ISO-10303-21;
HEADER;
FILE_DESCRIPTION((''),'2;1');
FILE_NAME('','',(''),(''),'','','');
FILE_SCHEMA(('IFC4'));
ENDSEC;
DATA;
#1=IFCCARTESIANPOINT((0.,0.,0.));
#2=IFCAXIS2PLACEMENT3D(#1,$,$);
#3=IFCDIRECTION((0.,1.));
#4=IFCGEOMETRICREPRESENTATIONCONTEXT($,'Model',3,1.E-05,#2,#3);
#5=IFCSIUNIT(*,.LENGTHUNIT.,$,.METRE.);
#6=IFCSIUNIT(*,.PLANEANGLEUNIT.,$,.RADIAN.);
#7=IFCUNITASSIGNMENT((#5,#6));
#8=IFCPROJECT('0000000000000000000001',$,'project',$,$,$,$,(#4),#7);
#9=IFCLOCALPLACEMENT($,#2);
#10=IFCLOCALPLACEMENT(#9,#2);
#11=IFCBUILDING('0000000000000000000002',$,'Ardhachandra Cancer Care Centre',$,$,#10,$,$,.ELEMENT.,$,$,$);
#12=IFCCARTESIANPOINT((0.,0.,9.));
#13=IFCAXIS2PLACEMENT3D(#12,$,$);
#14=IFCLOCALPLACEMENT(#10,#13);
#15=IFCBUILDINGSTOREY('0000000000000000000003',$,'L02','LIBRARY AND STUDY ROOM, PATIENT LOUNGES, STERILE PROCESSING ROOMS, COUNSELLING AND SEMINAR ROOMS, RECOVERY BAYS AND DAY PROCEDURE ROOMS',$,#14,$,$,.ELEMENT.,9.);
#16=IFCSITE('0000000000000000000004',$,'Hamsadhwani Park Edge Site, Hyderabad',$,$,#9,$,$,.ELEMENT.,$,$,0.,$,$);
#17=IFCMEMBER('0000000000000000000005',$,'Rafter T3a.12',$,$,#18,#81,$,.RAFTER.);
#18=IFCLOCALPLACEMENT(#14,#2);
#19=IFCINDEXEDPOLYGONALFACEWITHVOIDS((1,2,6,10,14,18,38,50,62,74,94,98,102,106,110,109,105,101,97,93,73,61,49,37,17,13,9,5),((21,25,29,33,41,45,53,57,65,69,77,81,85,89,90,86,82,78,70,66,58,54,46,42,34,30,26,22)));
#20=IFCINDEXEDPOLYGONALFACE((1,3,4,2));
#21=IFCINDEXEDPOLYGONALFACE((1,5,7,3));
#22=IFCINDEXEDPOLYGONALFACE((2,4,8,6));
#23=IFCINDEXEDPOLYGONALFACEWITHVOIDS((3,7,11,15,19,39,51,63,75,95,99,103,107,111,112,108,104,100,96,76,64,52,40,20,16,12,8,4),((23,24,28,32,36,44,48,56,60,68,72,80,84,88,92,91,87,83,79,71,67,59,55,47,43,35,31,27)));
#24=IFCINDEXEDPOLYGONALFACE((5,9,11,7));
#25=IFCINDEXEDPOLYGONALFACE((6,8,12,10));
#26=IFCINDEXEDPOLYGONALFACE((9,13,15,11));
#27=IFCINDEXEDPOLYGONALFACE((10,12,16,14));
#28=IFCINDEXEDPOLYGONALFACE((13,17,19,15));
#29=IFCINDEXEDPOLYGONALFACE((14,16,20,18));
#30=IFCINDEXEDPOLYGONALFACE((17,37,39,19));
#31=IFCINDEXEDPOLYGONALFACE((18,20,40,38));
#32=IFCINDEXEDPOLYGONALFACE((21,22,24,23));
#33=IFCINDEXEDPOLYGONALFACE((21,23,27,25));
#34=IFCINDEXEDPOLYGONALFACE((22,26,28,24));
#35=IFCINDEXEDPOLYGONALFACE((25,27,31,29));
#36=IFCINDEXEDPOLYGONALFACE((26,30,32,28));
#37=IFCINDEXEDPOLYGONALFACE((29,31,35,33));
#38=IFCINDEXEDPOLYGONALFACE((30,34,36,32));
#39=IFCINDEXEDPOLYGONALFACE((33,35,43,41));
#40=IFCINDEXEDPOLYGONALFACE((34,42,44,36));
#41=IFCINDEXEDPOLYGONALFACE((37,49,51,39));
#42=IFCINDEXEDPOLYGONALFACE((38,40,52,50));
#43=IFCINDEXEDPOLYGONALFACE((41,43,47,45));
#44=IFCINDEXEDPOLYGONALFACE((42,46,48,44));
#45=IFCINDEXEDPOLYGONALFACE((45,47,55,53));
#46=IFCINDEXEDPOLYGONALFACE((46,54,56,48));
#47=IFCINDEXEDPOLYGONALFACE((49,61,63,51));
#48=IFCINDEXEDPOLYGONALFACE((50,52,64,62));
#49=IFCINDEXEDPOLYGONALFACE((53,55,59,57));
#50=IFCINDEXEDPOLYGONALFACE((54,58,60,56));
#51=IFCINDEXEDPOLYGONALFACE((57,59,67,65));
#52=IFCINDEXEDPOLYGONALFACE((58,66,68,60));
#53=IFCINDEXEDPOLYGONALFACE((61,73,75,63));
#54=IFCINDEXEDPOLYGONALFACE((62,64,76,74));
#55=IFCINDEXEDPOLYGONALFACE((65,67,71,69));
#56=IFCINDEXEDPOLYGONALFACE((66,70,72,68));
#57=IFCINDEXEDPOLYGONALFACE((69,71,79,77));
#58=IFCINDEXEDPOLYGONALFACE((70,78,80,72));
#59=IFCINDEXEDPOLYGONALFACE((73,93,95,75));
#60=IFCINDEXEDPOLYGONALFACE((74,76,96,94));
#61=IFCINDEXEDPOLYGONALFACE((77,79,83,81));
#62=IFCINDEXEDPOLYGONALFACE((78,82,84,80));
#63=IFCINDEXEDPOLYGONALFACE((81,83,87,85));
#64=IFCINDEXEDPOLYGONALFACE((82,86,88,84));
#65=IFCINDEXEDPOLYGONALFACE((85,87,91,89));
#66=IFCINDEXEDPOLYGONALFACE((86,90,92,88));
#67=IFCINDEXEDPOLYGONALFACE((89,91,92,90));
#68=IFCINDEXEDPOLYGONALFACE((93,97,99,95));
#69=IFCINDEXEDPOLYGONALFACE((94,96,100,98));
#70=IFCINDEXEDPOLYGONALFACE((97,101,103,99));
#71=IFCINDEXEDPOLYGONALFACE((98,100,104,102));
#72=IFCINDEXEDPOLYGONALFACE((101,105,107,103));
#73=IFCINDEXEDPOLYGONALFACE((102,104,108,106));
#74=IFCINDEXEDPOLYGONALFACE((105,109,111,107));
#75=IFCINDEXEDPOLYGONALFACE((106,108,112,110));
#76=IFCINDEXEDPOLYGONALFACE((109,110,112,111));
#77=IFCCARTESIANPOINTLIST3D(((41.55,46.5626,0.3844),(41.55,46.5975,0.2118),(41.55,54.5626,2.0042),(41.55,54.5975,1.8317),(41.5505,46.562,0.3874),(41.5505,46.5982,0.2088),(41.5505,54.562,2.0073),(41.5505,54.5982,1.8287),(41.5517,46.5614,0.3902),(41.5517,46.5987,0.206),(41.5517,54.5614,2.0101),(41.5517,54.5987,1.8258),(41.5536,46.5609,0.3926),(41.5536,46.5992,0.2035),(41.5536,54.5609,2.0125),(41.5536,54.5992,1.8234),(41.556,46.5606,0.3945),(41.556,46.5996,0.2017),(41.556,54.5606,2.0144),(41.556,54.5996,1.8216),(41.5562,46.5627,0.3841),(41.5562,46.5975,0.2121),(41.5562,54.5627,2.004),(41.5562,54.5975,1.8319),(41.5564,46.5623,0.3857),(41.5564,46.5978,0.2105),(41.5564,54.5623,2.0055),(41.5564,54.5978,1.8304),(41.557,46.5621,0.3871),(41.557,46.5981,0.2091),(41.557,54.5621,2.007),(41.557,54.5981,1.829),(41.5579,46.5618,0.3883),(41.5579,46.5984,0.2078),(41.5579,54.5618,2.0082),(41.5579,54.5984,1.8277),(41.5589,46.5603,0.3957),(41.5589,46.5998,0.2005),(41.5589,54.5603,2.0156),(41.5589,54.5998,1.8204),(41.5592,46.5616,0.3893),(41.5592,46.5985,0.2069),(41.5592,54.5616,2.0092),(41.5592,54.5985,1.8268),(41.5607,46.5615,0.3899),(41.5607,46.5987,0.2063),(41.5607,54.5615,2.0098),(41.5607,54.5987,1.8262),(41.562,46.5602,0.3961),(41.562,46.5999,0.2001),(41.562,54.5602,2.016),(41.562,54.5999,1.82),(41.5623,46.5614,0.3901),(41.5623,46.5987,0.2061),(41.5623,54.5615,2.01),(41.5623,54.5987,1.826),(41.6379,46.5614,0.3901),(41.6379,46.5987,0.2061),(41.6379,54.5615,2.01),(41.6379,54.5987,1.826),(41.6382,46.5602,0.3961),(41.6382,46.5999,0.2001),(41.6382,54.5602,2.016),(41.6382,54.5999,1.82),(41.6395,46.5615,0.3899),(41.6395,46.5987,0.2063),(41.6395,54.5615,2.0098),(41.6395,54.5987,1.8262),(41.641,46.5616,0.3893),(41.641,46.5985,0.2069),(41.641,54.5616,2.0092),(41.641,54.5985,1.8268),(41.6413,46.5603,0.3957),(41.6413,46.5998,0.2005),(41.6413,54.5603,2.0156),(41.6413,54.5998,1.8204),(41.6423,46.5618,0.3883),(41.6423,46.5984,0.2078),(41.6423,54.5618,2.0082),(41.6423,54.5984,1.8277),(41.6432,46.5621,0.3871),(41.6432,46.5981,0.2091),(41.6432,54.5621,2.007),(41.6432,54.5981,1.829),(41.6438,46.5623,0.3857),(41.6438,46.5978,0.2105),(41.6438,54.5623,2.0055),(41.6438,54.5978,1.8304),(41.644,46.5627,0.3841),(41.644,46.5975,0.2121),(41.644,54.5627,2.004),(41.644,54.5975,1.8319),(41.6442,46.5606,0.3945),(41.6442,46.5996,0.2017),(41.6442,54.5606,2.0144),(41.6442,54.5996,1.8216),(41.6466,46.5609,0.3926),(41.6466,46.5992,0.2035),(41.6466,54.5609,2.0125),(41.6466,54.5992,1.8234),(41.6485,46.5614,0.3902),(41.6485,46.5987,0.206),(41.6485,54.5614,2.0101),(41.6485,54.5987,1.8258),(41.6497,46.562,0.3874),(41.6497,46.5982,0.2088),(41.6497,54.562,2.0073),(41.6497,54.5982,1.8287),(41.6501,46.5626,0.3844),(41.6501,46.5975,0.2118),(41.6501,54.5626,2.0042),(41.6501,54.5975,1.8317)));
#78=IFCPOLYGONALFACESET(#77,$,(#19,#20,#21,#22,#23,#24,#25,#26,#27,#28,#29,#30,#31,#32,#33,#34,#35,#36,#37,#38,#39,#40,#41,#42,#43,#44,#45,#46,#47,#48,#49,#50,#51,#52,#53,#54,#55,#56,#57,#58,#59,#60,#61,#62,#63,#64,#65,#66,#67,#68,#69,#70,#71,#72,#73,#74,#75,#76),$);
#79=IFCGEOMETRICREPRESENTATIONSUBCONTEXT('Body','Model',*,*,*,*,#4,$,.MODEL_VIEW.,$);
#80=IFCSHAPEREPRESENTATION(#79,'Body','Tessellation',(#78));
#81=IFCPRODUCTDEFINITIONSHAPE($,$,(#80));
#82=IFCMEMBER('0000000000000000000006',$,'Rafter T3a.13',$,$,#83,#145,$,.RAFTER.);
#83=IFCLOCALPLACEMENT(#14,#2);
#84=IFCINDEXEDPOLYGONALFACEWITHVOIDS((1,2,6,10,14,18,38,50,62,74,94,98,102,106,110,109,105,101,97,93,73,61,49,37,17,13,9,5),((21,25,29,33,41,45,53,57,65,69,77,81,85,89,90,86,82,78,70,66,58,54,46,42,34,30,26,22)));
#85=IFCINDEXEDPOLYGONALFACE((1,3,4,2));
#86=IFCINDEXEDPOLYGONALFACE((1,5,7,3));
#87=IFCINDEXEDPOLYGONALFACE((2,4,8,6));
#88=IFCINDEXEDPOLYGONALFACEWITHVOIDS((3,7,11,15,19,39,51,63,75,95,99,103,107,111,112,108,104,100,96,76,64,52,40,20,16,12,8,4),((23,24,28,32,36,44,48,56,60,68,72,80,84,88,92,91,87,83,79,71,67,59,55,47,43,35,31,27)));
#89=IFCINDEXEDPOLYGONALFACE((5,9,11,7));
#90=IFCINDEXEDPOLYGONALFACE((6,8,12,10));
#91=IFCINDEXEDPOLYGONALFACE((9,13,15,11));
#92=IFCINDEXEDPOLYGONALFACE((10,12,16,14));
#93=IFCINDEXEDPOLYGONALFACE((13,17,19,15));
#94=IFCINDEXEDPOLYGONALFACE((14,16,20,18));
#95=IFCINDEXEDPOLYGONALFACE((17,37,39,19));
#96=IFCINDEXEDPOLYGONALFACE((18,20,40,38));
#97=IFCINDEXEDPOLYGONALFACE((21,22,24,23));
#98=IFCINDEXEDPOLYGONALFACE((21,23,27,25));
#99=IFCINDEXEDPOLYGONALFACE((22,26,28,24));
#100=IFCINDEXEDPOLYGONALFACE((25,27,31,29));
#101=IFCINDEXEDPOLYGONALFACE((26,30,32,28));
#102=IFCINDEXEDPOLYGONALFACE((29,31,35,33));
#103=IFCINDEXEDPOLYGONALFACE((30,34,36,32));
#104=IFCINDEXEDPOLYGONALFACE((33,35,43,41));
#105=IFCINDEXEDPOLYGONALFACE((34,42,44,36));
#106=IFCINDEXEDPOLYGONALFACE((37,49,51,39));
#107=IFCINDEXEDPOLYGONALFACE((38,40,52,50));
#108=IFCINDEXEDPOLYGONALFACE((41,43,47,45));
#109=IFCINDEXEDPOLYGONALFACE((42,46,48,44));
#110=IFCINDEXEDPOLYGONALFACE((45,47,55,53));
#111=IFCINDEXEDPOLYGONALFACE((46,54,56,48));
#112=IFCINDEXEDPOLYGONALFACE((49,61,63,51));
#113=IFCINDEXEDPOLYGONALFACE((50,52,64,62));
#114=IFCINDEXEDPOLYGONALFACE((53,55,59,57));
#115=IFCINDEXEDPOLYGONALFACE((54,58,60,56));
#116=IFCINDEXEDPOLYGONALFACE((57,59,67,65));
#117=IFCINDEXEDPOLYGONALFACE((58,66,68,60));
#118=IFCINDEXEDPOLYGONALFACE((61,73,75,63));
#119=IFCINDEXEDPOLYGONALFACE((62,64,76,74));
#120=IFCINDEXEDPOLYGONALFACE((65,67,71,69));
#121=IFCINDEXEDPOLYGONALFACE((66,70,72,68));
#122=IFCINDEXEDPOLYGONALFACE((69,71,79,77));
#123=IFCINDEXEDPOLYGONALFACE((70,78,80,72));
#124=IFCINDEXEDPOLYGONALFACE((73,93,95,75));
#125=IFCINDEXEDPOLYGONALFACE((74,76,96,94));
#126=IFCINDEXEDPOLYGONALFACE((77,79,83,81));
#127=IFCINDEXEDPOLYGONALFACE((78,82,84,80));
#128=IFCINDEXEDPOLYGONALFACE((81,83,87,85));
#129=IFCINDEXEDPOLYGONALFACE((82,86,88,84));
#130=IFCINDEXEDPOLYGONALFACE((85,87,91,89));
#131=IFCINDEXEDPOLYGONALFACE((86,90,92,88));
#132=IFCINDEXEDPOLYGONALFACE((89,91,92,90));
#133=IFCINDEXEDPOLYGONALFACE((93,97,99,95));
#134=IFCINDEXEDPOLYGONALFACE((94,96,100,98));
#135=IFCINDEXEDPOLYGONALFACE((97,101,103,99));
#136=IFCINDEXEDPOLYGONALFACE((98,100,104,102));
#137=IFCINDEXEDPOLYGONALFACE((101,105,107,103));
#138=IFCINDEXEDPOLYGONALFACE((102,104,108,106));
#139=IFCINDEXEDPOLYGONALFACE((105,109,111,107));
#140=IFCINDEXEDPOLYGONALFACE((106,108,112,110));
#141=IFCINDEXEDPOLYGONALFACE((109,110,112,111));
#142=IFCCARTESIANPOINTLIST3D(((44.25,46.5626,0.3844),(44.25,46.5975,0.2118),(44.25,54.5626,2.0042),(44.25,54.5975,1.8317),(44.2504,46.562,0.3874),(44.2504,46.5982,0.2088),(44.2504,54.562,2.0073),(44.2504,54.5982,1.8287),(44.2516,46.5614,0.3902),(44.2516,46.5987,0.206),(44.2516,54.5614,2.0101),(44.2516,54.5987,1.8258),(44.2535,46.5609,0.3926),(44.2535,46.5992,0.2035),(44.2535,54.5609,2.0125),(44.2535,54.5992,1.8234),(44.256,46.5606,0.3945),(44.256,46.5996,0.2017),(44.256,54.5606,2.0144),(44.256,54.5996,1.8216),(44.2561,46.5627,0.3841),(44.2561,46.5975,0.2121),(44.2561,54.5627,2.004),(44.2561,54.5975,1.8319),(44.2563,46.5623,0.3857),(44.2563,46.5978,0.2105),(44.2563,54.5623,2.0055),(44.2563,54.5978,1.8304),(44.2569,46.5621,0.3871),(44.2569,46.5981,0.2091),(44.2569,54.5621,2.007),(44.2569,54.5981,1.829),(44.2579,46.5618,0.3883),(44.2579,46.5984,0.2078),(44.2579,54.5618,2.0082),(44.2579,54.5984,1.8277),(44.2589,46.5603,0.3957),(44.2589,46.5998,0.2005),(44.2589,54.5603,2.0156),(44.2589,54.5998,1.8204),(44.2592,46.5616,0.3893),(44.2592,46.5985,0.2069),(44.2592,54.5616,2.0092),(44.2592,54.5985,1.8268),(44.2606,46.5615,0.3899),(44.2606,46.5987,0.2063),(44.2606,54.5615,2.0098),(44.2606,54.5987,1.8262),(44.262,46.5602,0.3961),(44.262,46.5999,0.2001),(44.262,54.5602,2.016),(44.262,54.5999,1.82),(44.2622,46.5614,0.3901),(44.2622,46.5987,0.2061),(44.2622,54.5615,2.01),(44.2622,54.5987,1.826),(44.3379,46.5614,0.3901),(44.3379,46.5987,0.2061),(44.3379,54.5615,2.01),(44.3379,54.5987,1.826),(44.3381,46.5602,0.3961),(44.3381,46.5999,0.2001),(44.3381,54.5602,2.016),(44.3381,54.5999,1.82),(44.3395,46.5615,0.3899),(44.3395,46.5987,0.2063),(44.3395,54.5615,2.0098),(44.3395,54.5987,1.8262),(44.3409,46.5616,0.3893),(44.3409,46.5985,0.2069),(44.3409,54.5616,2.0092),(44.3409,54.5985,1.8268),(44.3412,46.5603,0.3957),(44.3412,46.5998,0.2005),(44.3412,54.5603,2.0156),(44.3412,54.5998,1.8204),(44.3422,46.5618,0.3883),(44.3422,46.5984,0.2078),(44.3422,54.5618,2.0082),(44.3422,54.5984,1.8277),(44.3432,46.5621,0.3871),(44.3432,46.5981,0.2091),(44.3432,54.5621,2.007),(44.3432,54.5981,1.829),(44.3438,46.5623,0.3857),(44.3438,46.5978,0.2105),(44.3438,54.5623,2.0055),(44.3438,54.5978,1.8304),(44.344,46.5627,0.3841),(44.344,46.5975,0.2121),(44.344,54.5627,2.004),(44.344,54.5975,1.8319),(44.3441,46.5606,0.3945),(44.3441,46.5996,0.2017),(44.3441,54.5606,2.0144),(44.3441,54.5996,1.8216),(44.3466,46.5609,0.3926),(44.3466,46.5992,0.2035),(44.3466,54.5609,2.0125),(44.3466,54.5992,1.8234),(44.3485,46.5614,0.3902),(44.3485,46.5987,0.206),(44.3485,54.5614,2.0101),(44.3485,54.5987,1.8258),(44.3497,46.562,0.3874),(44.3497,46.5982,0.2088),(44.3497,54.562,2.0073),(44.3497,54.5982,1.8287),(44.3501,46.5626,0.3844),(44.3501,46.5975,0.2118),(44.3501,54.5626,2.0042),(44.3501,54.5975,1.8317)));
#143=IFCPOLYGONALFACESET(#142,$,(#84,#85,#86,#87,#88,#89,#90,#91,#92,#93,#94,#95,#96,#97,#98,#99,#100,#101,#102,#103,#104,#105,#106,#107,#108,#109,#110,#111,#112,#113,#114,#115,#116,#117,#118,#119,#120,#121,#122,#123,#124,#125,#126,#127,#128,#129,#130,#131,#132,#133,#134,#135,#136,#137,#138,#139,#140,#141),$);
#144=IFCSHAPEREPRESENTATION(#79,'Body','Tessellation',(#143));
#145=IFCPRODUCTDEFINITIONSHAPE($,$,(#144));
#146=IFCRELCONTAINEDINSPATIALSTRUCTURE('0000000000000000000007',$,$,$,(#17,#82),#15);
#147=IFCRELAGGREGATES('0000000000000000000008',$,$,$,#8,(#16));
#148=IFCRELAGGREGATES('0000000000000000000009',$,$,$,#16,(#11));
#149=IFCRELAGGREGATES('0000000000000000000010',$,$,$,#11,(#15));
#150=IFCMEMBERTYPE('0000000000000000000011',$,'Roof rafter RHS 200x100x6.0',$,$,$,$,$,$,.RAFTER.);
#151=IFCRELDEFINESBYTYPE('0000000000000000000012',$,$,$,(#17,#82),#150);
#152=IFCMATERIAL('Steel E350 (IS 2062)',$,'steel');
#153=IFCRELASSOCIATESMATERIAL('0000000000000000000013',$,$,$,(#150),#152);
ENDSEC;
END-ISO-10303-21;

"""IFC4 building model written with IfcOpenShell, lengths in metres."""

from ifc_helpers import new_model, si_unit, direction, frame, origin, origin_2d, place, context, subcontext, project, spatial, hollow_rectangle, extrude, material, material_profile, profile_set, type_object, element, save


model = new_model("IFC4")

# Units and contexts
model_context = context("Model", 3, precision=1e-05, world=origin(), true_north=direction((0.0, 1.0)))
body_context = subcontext(model_context, "Body", "Model", "MODEL_VIEW")
ifc_project = project(units=[si_unit("LENGTHUNIT", "METRE"), si_unit("PLANEANGLEUNIT", "RADIAN")], contexts=[model_context])

# Site, building, storey
site_placement = place(None, origin())
site = spatial("IfcSite", under=ifc_project, at=site_placement, Name="Hamsadhwani Park Edge Site, Hyderabad", CompositionType="ELEMENT", RefElevation=0.0)
building_placement = place(site_placement, origin())
building = spatial("IfcBuilding", under=site, at=building_placement, Name="Ardhachandra Cancer Care Centre", CompositionType="ELEMENT")
storey_placement = place(building_placement, frame((0.0, 0.0, 9.0)))
storey = spatial("IfcBuildingStorey", under=building, at=storey_placement, Name="L02", Description="LIBRARY AND STUDY ROOM, PATIENT LOUNGES, STERILE PROCESSING ROOMS, COUNSELLING AND SEMINAR ROOMS, RECOVERY BAYS AND DAY PROCEDURE ROOMS", CompositionType="ELEMENT", Elevation=9.0)

# Members
ifc_material_1 = material(Name="Steel E350 (IS 2062)", Category="steel")
ifc_material_profile_1 = material_profile(ifc_material_1, hollow_rectangle(XDim=0.1001, YDim=0.2, WallThickness=0.0061, InnerFilletRadius=0.0061, OuterFilletRadius=0.012, at=origin_2d()), Name="RHS 200x100x6.0")
ifc_profile_set_1 = profile_set([ifc_material_profile_1], Name="Steel E350 (IS 2062)")
member_type_1 = type_object("IfcMemberType", Name="Roof rafter RHS 200x100x6.0", PredefinedType="RAFTER", material=ifc_profile_set_1)
for number, where, z_axis, x_axis, name in (
    (1, (41.6001, 46.5801, 0.2981), (0.0, 0.98011, 0.198457), (-1.0, 0.0, 0.0), "Rafter T3a.12"),
    (2, (44.3, 46.5801, 0.2981), (0.0, 0.98011, 0.198457), (-1.0, 0.0, 0.0), "Rafter T3a.13"),
):
    element("IfcMember", number, at=place(storey_placement, frame(where, z_axis=z_axis, x_axis=x_axis)), inside=storey, type_object=member_type_1, Name=name, PredefinedType="RAFTER", context=body_context, shape_type="SweptSolid", body=[
        extrude(hollow_rectangle(XDim=0.1001, YDim=0.2, WallThickness=0.0061, InnerFilletRadius=0.0061, OuterFilletRadius=0.012, at=origin_2d()), origin(), (0.0, 0.0, 1.0), 8.1624),
    ])

save(model, "model.ifc")
